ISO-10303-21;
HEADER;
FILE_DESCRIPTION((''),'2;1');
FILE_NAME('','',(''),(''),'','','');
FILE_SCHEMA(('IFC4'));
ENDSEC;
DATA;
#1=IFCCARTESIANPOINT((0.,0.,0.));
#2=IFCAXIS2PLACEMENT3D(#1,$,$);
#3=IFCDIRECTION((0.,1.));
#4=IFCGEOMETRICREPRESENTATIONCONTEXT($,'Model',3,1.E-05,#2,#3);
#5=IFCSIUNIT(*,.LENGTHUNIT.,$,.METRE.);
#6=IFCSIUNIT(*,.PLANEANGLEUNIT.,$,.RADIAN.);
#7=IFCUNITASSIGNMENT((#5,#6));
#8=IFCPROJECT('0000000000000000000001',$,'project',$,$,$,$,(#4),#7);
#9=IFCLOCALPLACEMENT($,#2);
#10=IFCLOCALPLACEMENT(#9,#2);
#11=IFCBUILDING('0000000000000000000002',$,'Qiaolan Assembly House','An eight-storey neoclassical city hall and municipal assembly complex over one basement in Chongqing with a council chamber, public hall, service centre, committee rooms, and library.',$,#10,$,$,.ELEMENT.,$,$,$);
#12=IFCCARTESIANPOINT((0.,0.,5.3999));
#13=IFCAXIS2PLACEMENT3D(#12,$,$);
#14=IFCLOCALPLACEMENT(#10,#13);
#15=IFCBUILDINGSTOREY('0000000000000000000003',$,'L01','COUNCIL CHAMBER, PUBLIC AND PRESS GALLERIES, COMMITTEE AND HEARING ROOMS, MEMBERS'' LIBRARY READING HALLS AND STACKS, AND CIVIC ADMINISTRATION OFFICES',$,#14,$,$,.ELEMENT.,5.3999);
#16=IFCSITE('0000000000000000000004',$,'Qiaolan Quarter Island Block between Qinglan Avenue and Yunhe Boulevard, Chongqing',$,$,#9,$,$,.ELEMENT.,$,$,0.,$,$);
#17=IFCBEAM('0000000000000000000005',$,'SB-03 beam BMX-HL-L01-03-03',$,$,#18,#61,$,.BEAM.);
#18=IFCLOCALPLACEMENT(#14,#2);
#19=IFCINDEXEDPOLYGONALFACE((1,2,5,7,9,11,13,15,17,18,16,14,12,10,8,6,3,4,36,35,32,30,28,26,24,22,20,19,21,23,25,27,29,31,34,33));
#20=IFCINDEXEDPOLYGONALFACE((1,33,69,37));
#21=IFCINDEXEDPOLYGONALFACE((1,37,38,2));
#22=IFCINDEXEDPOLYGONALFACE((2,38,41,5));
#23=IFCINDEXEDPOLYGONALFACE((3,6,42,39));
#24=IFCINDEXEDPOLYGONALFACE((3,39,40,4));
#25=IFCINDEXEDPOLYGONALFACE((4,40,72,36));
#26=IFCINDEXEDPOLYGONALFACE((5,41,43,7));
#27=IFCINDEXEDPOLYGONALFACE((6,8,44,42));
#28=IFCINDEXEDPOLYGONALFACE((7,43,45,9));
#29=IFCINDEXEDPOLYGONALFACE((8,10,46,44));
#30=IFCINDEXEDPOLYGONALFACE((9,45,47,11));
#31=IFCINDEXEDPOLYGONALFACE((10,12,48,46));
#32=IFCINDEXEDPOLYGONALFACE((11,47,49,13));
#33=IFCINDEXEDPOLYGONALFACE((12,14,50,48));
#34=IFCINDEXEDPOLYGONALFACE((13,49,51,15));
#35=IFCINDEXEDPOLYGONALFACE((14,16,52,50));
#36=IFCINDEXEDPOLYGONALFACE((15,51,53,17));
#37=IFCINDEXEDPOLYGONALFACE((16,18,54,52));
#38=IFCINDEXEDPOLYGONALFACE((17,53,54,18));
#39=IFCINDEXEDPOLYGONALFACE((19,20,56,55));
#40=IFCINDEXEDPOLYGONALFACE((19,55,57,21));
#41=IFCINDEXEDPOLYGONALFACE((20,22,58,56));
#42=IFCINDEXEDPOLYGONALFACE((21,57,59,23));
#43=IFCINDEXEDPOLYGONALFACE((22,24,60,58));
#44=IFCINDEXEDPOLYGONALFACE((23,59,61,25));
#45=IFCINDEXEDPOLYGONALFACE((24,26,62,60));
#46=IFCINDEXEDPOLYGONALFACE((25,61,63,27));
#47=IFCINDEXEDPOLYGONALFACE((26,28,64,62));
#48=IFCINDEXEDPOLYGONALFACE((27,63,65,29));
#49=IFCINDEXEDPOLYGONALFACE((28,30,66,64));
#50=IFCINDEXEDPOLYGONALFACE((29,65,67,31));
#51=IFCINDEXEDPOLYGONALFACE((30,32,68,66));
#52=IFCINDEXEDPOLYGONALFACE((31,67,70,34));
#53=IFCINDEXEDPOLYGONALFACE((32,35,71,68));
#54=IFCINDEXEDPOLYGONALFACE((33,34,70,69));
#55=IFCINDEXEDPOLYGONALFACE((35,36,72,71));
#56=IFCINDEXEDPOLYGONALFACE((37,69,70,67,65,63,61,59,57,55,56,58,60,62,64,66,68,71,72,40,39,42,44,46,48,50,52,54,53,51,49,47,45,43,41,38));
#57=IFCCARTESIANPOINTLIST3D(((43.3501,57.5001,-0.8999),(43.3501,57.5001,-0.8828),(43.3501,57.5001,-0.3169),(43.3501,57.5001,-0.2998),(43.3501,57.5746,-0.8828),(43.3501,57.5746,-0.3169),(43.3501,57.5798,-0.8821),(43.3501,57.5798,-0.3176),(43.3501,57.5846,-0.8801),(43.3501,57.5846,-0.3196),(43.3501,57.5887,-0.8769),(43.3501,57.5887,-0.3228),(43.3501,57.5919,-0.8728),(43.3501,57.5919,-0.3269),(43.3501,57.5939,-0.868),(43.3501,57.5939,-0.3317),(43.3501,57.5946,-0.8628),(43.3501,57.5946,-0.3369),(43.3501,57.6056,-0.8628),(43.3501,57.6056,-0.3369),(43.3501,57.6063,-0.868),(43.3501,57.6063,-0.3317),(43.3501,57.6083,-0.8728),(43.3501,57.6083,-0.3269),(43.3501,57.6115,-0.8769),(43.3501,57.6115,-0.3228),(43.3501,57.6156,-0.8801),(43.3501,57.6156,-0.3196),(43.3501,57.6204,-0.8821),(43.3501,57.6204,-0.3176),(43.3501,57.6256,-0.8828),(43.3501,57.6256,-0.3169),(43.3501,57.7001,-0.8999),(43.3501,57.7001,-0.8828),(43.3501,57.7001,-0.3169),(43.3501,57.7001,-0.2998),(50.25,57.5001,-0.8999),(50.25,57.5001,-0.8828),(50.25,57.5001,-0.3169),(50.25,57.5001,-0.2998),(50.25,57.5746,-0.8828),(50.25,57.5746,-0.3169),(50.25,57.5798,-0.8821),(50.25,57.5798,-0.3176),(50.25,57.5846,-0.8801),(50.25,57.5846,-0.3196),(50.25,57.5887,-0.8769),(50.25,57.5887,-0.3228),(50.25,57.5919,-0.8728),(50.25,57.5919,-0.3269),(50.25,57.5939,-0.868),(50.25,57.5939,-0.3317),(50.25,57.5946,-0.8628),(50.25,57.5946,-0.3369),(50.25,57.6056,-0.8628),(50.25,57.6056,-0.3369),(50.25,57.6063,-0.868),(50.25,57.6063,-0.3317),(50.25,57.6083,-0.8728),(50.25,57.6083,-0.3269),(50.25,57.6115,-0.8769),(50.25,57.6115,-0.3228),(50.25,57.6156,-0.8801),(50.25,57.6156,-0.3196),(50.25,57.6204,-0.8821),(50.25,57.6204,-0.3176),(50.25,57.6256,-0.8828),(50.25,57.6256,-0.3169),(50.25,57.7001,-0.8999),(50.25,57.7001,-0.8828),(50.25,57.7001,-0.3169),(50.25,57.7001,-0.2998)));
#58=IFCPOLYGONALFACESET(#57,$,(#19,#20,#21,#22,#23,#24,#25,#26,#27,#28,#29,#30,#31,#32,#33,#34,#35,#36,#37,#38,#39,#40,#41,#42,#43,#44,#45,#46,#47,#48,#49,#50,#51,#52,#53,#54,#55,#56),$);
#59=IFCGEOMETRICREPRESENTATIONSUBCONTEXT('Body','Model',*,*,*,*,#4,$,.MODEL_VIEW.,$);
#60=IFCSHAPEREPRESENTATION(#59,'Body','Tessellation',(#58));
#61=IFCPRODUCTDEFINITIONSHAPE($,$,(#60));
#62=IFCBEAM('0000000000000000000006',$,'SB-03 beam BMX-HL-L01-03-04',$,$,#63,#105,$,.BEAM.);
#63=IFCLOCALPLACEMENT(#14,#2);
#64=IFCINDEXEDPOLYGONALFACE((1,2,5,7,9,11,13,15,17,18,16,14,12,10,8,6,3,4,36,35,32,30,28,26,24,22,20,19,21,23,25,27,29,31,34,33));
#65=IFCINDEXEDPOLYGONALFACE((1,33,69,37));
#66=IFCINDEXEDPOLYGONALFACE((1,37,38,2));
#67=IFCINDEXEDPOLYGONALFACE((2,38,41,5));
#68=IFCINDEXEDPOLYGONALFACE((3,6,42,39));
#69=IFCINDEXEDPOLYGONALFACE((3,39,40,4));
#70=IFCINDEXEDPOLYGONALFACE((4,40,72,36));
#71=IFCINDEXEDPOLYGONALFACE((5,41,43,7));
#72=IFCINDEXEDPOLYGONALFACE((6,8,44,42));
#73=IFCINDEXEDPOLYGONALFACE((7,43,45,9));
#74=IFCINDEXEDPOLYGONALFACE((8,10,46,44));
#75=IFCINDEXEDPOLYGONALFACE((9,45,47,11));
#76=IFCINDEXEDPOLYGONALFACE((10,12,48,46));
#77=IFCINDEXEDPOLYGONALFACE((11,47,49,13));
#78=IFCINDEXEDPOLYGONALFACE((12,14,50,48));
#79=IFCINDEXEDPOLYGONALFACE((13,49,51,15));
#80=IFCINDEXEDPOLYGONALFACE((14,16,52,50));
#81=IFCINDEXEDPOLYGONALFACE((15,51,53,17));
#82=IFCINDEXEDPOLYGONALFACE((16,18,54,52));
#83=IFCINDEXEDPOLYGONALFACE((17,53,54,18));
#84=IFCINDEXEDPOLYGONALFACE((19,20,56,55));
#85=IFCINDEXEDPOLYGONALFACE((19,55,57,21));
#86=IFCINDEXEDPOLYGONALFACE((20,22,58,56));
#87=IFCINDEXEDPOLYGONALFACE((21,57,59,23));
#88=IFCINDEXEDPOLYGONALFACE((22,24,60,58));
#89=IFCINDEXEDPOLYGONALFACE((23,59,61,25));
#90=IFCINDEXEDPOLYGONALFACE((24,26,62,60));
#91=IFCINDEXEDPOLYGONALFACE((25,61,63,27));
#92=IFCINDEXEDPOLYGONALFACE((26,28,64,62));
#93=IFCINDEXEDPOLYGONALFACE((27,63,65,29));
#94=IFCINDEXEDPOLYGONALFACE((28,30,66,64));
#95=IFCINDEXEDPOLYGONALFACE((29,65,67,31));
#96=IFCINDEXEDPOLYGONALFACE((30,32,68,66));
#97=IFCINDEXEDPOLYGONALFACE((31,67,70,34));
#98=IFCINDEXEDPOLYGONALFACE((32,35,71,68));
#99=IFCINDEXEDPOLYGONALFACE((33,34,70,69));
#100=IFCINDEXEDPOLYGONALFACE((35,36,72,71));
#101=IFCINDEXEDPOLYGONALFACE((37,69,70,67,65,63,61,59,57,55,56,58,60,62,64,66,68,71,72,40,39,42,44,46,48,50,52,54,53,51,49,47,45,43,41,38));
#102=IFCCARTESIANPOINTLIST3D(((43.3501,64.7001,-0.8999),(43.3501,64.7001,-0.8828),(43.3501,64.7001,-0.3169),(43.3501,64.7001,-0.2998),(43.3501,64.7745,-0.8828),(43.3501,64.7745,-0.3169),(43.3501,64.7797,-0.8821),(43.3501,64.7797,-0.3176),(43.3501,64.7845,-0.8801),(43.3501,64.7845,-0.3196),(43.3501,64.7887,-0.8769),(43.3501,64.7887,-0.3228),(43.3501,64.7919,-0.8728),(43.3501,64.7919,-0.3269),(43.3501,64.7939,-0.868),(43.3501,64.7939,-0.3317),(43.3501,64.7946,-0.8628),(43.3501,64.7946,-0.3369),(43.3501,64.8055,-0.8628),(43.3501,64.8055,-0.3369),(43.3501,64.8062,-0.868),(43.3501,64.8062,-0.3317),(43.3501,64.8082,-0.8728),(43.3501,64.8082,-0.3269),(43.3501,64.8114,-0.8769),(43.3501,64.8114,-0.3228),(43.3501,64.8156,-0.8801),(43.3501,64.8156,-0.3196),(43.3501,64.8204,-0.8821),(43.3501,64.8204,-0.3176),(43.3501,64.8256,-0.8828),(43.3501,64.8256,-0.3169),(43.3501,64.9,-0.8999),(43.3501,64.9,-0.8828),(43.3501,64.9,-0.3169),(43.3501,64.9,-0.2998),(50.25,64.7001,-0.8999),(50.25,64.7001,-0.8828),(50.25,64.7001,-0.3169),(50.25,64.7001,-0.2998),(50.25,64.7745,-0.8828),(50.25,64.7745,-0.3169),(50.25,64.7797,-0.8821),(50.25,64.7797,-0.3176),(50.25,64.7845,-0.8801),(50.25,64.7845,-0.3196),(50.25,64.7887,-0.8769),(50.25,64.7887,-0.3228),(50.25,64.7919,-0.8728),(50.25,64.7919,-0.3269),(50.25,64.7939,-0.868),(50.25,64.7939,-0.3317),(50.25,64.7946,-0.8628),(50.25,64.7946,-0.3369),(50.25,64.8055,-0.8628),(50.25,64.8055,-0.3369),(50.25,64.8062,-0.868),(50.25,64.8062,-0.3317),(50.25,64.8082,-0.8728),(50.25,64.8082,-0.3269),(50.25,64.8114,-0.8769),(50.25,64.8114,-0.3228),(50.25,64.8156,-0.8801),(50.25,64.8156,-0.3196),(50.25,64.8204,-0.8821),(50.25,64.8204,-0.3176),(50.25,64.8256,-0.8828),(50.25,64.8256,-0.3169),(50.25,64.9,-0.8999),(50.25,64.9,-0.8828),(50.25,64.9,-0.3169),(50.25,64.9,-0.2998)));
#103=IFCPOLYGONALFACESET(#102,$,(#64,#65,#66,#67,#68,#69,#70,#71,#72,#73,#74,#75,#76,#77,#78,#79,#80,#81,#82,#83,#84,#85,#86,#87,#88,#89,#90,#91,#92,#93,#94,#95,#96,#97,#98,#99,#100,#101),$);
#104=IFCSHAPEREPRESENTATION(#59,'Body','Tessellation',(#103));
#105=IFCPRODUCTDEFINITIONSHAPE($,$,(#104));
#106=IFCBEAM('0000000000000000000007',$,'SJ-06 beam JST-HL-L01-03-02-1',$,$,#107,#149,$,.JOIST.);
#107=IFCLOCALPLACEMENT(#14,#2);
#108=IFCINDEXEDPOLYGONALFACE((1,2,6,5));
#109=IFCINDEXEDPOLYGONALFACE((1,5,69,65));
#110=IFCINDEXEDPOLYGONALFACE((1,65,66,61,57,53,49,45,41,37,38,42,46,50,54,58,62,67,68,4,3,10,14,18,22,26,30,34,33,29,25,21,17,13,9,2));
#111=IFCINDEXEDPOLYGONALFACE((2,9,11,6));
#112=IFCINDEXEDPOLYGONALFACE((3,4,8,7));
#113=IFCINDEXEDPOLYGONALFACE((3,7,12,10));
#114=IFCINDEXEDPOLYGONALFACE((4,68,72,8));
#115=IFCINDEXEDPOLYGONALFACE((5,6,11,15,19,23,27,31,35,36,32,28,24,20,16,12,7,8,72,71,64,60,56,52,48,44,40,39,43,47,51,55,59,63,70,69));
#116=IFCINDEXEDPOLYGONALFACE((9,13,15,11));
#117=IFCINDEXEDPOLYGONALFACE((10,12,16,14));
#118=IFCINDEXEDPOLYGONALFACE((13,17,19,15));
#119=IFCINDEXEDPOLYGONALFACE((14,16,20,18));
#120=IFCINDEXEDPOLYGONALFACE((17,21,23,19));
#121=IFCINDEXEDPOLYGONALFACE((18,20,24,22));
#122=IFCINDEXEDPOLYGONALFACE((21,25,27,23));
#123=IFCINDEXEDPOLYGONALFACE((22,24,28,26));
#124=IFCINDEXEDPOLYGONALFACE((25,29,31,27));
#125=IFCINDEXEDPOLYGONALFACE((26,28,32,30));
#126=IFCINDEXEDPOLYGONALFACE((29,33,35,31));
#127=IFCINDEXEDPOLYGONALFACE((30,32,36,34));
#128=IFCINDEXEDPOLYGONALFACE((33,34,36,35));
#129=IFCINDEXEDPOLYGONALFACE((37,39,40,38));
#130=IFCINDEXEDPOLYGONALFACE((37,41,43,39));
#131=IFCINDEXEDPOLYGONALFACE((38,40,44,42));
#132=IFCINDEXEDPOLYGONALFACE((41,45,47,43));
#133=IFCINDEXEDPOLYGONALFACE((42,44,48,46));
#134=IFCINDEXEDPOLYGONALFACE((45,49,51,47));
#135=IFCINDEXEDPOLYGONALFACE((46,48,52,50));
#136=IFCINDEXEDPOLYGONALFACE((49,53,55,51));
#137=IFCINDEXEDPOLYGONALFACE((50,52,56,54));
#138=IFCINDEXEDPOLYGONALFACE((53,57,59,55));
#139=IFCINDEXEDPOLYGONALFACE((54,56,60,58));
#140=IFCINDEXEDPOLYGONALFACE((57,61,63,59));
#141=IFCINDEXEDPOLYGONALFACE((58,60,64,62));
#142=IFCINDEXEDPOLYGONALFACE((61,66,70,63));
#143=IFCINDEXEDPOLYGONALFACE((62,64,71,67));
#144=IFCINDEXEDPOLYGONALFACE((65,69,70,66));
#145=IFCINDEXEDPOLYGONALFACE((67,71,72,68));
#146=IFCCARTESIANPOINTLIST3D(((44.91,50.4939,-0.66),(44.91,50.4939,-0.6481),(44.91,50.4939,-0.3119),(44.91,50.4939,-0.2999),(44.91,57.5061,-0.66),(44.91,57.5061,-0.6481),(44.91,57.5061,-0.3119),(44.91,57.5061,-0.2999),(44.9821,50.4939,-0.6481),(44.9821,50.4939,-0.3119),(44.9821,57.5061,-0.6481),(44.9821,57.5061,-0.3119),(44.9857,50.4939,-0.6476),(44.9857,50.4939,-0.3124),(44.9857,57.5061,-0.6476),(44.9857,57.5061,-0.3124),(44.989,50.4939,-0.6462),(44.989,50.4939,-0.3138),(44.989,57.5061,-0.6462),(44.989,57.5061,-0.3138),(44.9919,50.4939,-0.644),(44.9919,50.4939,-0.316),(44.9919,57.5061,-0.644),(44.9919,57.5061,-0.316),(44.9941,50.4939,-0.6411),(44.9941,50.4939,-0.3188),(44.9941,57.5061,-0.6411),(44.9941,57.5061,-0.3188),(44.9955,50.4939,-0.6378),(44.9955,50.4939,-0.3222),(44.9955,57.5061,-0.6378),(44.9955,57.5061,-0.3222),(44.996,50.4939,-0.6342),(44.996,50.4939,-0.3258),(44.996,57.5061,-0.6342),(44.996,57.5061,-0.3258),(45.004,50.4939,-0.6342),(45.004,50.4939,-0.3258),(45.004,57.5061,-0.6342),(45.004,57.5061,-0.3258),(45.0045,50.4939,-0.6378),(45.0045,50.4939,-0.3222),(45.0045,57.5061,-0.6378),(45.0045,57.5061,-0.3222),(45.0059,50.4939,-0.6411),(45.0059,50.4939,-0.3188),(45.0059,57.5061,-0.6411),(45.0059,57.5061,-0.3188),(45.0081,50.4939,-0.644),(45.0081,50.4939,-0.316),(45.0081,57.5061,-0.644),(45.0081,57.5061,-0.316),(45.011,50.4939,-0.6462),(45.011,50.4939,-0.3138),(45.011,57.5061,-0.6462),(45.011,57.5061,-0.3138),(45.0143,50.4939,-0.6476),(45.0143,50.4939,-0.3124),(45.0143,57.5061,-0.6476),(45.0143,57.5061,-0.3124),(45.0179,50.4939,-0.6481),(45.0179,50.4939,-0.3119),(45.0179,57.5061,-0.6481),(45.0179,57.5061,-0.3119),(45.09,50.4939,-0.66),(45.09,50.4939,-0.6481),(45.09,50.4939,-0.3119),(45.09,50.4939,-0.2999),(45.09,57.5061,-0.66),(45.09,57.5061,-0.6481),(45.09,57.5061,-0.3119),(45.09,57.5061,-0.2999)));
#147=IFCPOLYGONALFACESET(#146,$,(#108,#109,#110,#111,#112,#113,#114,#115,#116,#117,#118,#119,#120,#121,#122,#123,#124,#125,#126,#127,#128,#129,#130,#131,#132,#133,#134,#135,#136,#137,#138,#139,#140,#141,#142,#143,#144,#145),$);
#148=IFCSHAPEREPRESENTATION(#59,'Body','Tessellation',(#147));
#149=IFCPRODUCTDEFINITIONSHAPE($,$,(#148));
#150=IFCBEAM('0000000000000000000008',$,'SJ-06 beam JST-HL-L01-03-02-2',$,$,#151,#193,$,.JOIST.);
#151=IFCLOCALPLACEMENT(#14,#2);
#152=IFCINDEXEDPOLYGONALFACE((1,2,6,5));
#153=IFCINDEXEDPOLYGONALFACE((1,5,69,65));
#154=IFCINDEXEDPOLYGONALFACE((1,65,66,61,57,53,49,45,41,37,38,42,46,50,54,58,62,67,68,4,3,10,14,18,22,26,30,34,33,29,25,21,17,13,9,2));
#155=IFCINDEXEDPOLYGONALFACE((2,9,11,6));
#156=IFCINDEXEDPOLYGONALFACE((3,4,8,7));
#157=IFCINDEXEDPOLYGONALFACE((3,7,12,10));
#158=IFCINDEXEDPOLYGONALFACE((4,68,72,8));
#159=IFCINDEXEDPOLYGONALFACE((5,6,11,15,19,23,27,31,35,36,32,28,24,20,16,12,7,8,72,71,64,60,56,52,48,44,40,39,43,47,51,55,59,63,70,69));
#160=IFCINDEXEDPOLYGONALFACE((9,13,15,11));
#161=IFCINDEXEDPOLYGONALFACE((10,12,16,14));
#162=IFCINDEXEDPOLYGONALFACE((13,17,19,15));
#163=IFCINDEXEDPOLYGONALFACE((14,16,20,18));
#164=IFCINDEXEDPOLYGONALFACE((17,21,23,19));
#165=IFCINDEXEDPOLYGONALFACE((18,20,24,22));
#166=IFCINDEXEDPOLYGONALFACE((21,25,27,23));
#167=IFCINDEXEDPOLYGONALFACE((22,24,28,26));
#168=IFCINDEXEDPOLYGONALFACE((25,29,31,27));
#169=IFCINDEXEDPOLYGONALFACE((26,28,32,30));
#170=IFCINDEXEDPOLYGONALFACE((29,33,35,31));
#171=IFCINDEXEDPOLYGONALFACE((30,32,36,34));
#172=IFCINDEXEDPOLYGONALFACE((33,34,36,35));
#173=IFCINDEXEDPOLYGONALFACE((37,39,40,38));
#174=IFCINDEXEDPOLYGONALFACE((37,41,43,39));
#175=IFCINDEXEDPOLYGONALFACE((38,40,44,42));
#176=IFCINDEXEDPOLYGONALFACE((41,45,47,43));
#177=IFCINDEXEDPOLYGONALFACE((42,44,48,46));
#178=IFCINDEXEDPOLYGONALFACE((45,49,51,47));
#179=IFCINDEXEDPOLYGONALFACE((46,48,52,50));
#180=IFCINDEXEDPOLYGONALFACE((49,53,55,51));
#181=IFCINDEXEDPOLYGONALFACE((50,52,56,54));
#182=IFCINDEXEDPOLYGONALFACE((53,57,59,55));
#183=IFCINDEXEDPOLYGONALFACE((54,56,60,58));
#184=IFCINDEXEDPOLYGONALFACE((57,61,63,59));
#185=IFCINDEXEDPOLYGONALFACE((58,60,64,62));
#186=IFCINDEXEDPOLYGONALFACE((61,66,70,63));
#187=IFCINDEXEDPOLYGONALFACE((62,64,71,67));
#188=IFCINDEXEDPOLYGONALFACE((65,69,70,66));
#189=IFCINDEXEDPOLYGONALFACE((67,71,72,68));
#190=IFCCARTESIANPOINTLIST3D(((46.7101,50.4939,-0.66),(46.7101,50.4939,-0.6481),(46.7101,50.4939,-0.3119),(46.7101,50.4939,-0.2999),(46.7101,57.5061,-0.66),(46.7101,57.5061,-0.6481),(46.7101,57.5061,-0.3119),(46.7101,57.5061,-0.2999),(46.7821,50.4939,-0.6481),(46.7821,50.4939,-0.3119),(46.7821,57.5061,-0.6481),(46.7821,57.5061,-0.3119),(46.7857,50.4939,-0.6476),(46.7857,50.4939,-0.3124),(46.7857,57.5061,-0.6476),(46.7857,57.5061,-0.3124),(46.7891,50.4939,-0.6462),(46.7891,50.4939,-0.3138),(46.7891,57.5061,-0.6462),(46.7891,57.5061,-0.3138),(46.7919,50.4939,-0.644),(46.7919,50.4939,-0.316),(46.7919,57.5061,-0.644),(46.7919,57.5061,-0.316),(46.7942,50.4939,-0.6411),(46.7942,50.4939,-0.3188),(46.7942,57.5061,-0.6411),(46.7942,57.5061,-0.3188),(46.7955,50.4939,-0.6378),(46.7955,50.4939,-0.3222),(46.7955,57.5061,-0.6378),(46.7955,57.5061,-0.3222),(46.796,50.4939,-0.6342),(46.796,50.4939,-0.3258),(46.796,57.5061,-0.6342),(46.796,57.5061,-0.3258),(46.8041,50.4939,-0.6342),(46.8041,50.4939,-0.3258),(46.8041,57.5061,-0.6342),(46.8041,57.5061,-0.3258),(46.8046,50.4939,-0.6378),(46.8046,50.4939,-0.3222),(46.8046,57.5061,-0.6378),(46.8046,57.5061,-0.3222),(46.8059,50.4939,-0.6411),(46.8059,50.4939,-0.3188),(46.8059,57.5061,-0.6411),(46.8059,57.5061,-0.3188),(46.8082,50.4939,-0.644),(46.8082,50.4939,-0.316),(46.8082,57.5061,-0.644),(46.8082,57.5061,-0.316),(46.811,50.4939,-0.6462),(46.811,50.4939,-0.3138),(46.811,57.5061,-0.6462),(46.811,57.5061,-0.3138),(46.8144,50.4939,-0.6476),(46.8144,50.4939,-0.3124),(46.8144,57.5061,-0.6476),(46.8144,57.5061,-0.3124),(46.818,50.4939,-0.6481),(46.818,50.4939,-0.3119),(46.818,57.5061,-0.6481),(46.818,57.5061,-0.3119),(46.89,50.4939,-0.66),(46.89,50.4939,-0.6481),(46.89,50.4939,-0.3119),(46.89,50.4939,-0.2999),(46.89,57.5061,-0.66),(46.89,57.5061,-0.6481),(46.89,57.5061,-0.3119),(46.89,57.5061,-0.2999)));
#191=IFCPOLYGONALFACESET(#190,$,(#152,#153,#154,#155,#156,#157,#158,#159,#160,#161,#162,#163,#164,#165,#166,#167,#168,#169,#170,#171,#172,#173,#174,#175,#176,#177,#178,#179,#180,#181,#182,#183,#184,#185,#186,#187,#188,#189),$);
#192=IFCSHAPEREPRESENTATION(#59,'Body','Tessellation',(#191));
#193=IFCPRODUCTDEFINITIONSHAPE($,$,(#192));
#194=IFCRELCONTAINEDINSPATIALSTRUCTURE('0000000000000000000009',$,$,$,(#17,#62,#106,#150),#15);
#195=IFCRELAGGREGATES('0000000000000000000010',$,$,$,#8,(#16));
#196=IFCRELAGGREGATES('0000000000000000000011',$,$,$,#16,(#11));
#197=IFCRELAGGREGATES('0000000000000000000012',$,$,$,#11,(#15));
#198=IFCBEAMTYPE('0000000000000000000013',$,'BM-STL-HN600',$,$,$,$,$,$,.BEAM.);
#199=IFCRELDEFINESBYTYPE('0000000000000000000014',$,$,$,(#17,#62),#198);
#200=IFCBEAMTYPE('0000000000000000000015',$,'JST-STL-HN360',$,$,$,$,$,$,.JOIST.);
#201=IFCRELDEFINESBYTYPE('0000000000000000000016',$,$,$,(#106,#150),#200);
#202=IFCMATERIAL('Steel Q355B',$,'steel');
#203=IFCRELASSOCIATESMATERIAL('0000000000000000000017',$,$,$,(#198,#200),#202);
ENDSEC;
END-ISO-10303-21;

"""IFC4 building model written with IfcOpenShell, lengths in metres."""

from ifc_helpers import new_model, si_unit, direction, frame, origin, origin_2d, place, context, subcontext, project, spatial, i_section, extrude, material, material_profile, profile_set, type_object, element, save


model = new_model("IFC4")

# Units and contexts
model_context = context("Model", 3, precision=1e-05, world=origin(), true_north=direction((0.0, 1.0)))
body_context = subcontext(model_context, "Body", "Model", "MODEL_VIEW")
ifc_project = project(units=[si_unit("LENGTHUNIT", "METRE"), si_unit("PLANEANGLEUNIT", "RADIAN")], contexts=[model_context])

# Site, building, storey
site_placement = place(None, origin())
site = spatial("IfcSite", under=ifc_project, at=site_placement, Name="Qiaolan Quarter Island Block between Qinglan Avenue and Yunhe Boulevard, Chongqing", CompositionType="ELEMENT", RefElevation=0.0)
building_placement = place(site_placement, origin())
building = spatial("IfcBuilding", under=site, at=building_placement, Name="Qiaolan Assembly House", Description="An eight-storey neoclassical city hall and municipal assembly complex over one basement in Chongqing with a council chamber, public hall, service centre, committee rooms, and library.", CompositionType="ELEMENT")
storey_placement = place(building_placement, frame((0.0, 0.0, 5.3999)))
storey = spatial("IfcBuildingStorey", under=building, at=storey_placement, Name="L01", Description="COUNCIL CHAMBER, PUBLIC AND PRESS GALLERIES, COMMITTEE AND HEARING ROOMS, MEMBERS' LIBRARY READING HALLS AND STACKS, AND CIVIC ADMINISTRATION OFFICES", CompositionType="ELEMENT", Elevation=5.3999)

# Shared definitions
ifc_material_1 = material(Name="Steel Q355B", Category="steel")

# Beams
ifc_material_profile_1 = material_profile(ifc_material_1, i_section(OverallWidth=0.2, OverallDepth=0.6001, WebThickness=0.011, FlangeThickness=0.0171, FilletRadius=0.02, at=origin_2d()), Name="HN 600x200x11x17")
ifc_profile_set_1 = profile_set([ifc_material_profile_1], Name="Steel Q355B")
beam_type_1 = type_object("IfcBeamType", Name="BM-STL-HN600", PredefinedType="BEAM", material=ifc_profile_set_1)
for number, where, z_axis, x_axis, name in (
    (1, (43.3501, 57.6001, -0.5999), (1.0, 0.0, 0.0), (0.0, 1.0, 0.0), "SB-03 beam BMX-HL-L01-03-03"),
    (2, (43.3501, 64.8, -0.5999), (1.0, 0.0, 0.0), (0.0, 1.0, 0.0), "SB-03 beam BMX-HL-L01-03-04"),
):
    element("IfcBeam", number, at=place(storey_placement, frame(where, z_axis=z_axis, x_axis=x_axis)), inside=storey, type_object=beam_type_1, Name=name, PredefinedType="BEAM", context=body_context, shape_type="SweptSolid", body=[
        extrude(i_section(OverallWidth=0.2, OverallDepth=0.6001, WebThickness=0.011, FlangeThickness=0.0171, FilletRadius=0.02, at=origin_2d()), origin(), (0.0, 0.0, 1.0), 6.8999),
    ])
ifc_material_profile_2 = material_profile(ifc_material_1, i_section(OverallWidth=0.1799, OverallDepth=0.3601, WebThickness=0.0081, FlangeThickness=0.012, FilletRadius=0.0139, at=origin_2d()), Name="HN 360x180x8x12")
ifc_profile_set_2 = profile_set([ifc_material_profile_2], Name="Steel Q355B")
beam_type_2 = type_object("IfcBeamType", Name="JST-STL-HN360", PredefinedType="JOIST", material=ifc_profile_set_2)
for number, where, z_axis, x_axis, name in (
    (3, (45.0, 50.4939, -0.48), (0.0, 1.0, 0.0), (-1.0, 0.0, 0.0), "SJ-06 beam JST-HL-L01-03-02-1"),
    (4, (46.8, 50.4939, -0.48), (0.0, 1.0, 0.0), (-1.0, 0.0, 0.0), "SJ-06 beam JST-HL-L01-03-02-2"),
):
    element("IfcBeam", number, at=place(storey_placement, frame(where, z_axis=z_axis, x_axis=x_axis)), inside=storey, type_object=beam_type_2, Name=name, PredefinedType="JOIST", context=body_context, shape_type="SweptSolid", body=[
        extrude(i_section(OverallWidth=0.1799, OverallDepth=0.3601, WebThickness=0.0081, FlangeThickness=0.012, FilletRadius=0.0139, at=origin_2d()), origin(), (0.0, 0.0, 1.0), 7.0122),
    ])

save(model, "model.ifc")
